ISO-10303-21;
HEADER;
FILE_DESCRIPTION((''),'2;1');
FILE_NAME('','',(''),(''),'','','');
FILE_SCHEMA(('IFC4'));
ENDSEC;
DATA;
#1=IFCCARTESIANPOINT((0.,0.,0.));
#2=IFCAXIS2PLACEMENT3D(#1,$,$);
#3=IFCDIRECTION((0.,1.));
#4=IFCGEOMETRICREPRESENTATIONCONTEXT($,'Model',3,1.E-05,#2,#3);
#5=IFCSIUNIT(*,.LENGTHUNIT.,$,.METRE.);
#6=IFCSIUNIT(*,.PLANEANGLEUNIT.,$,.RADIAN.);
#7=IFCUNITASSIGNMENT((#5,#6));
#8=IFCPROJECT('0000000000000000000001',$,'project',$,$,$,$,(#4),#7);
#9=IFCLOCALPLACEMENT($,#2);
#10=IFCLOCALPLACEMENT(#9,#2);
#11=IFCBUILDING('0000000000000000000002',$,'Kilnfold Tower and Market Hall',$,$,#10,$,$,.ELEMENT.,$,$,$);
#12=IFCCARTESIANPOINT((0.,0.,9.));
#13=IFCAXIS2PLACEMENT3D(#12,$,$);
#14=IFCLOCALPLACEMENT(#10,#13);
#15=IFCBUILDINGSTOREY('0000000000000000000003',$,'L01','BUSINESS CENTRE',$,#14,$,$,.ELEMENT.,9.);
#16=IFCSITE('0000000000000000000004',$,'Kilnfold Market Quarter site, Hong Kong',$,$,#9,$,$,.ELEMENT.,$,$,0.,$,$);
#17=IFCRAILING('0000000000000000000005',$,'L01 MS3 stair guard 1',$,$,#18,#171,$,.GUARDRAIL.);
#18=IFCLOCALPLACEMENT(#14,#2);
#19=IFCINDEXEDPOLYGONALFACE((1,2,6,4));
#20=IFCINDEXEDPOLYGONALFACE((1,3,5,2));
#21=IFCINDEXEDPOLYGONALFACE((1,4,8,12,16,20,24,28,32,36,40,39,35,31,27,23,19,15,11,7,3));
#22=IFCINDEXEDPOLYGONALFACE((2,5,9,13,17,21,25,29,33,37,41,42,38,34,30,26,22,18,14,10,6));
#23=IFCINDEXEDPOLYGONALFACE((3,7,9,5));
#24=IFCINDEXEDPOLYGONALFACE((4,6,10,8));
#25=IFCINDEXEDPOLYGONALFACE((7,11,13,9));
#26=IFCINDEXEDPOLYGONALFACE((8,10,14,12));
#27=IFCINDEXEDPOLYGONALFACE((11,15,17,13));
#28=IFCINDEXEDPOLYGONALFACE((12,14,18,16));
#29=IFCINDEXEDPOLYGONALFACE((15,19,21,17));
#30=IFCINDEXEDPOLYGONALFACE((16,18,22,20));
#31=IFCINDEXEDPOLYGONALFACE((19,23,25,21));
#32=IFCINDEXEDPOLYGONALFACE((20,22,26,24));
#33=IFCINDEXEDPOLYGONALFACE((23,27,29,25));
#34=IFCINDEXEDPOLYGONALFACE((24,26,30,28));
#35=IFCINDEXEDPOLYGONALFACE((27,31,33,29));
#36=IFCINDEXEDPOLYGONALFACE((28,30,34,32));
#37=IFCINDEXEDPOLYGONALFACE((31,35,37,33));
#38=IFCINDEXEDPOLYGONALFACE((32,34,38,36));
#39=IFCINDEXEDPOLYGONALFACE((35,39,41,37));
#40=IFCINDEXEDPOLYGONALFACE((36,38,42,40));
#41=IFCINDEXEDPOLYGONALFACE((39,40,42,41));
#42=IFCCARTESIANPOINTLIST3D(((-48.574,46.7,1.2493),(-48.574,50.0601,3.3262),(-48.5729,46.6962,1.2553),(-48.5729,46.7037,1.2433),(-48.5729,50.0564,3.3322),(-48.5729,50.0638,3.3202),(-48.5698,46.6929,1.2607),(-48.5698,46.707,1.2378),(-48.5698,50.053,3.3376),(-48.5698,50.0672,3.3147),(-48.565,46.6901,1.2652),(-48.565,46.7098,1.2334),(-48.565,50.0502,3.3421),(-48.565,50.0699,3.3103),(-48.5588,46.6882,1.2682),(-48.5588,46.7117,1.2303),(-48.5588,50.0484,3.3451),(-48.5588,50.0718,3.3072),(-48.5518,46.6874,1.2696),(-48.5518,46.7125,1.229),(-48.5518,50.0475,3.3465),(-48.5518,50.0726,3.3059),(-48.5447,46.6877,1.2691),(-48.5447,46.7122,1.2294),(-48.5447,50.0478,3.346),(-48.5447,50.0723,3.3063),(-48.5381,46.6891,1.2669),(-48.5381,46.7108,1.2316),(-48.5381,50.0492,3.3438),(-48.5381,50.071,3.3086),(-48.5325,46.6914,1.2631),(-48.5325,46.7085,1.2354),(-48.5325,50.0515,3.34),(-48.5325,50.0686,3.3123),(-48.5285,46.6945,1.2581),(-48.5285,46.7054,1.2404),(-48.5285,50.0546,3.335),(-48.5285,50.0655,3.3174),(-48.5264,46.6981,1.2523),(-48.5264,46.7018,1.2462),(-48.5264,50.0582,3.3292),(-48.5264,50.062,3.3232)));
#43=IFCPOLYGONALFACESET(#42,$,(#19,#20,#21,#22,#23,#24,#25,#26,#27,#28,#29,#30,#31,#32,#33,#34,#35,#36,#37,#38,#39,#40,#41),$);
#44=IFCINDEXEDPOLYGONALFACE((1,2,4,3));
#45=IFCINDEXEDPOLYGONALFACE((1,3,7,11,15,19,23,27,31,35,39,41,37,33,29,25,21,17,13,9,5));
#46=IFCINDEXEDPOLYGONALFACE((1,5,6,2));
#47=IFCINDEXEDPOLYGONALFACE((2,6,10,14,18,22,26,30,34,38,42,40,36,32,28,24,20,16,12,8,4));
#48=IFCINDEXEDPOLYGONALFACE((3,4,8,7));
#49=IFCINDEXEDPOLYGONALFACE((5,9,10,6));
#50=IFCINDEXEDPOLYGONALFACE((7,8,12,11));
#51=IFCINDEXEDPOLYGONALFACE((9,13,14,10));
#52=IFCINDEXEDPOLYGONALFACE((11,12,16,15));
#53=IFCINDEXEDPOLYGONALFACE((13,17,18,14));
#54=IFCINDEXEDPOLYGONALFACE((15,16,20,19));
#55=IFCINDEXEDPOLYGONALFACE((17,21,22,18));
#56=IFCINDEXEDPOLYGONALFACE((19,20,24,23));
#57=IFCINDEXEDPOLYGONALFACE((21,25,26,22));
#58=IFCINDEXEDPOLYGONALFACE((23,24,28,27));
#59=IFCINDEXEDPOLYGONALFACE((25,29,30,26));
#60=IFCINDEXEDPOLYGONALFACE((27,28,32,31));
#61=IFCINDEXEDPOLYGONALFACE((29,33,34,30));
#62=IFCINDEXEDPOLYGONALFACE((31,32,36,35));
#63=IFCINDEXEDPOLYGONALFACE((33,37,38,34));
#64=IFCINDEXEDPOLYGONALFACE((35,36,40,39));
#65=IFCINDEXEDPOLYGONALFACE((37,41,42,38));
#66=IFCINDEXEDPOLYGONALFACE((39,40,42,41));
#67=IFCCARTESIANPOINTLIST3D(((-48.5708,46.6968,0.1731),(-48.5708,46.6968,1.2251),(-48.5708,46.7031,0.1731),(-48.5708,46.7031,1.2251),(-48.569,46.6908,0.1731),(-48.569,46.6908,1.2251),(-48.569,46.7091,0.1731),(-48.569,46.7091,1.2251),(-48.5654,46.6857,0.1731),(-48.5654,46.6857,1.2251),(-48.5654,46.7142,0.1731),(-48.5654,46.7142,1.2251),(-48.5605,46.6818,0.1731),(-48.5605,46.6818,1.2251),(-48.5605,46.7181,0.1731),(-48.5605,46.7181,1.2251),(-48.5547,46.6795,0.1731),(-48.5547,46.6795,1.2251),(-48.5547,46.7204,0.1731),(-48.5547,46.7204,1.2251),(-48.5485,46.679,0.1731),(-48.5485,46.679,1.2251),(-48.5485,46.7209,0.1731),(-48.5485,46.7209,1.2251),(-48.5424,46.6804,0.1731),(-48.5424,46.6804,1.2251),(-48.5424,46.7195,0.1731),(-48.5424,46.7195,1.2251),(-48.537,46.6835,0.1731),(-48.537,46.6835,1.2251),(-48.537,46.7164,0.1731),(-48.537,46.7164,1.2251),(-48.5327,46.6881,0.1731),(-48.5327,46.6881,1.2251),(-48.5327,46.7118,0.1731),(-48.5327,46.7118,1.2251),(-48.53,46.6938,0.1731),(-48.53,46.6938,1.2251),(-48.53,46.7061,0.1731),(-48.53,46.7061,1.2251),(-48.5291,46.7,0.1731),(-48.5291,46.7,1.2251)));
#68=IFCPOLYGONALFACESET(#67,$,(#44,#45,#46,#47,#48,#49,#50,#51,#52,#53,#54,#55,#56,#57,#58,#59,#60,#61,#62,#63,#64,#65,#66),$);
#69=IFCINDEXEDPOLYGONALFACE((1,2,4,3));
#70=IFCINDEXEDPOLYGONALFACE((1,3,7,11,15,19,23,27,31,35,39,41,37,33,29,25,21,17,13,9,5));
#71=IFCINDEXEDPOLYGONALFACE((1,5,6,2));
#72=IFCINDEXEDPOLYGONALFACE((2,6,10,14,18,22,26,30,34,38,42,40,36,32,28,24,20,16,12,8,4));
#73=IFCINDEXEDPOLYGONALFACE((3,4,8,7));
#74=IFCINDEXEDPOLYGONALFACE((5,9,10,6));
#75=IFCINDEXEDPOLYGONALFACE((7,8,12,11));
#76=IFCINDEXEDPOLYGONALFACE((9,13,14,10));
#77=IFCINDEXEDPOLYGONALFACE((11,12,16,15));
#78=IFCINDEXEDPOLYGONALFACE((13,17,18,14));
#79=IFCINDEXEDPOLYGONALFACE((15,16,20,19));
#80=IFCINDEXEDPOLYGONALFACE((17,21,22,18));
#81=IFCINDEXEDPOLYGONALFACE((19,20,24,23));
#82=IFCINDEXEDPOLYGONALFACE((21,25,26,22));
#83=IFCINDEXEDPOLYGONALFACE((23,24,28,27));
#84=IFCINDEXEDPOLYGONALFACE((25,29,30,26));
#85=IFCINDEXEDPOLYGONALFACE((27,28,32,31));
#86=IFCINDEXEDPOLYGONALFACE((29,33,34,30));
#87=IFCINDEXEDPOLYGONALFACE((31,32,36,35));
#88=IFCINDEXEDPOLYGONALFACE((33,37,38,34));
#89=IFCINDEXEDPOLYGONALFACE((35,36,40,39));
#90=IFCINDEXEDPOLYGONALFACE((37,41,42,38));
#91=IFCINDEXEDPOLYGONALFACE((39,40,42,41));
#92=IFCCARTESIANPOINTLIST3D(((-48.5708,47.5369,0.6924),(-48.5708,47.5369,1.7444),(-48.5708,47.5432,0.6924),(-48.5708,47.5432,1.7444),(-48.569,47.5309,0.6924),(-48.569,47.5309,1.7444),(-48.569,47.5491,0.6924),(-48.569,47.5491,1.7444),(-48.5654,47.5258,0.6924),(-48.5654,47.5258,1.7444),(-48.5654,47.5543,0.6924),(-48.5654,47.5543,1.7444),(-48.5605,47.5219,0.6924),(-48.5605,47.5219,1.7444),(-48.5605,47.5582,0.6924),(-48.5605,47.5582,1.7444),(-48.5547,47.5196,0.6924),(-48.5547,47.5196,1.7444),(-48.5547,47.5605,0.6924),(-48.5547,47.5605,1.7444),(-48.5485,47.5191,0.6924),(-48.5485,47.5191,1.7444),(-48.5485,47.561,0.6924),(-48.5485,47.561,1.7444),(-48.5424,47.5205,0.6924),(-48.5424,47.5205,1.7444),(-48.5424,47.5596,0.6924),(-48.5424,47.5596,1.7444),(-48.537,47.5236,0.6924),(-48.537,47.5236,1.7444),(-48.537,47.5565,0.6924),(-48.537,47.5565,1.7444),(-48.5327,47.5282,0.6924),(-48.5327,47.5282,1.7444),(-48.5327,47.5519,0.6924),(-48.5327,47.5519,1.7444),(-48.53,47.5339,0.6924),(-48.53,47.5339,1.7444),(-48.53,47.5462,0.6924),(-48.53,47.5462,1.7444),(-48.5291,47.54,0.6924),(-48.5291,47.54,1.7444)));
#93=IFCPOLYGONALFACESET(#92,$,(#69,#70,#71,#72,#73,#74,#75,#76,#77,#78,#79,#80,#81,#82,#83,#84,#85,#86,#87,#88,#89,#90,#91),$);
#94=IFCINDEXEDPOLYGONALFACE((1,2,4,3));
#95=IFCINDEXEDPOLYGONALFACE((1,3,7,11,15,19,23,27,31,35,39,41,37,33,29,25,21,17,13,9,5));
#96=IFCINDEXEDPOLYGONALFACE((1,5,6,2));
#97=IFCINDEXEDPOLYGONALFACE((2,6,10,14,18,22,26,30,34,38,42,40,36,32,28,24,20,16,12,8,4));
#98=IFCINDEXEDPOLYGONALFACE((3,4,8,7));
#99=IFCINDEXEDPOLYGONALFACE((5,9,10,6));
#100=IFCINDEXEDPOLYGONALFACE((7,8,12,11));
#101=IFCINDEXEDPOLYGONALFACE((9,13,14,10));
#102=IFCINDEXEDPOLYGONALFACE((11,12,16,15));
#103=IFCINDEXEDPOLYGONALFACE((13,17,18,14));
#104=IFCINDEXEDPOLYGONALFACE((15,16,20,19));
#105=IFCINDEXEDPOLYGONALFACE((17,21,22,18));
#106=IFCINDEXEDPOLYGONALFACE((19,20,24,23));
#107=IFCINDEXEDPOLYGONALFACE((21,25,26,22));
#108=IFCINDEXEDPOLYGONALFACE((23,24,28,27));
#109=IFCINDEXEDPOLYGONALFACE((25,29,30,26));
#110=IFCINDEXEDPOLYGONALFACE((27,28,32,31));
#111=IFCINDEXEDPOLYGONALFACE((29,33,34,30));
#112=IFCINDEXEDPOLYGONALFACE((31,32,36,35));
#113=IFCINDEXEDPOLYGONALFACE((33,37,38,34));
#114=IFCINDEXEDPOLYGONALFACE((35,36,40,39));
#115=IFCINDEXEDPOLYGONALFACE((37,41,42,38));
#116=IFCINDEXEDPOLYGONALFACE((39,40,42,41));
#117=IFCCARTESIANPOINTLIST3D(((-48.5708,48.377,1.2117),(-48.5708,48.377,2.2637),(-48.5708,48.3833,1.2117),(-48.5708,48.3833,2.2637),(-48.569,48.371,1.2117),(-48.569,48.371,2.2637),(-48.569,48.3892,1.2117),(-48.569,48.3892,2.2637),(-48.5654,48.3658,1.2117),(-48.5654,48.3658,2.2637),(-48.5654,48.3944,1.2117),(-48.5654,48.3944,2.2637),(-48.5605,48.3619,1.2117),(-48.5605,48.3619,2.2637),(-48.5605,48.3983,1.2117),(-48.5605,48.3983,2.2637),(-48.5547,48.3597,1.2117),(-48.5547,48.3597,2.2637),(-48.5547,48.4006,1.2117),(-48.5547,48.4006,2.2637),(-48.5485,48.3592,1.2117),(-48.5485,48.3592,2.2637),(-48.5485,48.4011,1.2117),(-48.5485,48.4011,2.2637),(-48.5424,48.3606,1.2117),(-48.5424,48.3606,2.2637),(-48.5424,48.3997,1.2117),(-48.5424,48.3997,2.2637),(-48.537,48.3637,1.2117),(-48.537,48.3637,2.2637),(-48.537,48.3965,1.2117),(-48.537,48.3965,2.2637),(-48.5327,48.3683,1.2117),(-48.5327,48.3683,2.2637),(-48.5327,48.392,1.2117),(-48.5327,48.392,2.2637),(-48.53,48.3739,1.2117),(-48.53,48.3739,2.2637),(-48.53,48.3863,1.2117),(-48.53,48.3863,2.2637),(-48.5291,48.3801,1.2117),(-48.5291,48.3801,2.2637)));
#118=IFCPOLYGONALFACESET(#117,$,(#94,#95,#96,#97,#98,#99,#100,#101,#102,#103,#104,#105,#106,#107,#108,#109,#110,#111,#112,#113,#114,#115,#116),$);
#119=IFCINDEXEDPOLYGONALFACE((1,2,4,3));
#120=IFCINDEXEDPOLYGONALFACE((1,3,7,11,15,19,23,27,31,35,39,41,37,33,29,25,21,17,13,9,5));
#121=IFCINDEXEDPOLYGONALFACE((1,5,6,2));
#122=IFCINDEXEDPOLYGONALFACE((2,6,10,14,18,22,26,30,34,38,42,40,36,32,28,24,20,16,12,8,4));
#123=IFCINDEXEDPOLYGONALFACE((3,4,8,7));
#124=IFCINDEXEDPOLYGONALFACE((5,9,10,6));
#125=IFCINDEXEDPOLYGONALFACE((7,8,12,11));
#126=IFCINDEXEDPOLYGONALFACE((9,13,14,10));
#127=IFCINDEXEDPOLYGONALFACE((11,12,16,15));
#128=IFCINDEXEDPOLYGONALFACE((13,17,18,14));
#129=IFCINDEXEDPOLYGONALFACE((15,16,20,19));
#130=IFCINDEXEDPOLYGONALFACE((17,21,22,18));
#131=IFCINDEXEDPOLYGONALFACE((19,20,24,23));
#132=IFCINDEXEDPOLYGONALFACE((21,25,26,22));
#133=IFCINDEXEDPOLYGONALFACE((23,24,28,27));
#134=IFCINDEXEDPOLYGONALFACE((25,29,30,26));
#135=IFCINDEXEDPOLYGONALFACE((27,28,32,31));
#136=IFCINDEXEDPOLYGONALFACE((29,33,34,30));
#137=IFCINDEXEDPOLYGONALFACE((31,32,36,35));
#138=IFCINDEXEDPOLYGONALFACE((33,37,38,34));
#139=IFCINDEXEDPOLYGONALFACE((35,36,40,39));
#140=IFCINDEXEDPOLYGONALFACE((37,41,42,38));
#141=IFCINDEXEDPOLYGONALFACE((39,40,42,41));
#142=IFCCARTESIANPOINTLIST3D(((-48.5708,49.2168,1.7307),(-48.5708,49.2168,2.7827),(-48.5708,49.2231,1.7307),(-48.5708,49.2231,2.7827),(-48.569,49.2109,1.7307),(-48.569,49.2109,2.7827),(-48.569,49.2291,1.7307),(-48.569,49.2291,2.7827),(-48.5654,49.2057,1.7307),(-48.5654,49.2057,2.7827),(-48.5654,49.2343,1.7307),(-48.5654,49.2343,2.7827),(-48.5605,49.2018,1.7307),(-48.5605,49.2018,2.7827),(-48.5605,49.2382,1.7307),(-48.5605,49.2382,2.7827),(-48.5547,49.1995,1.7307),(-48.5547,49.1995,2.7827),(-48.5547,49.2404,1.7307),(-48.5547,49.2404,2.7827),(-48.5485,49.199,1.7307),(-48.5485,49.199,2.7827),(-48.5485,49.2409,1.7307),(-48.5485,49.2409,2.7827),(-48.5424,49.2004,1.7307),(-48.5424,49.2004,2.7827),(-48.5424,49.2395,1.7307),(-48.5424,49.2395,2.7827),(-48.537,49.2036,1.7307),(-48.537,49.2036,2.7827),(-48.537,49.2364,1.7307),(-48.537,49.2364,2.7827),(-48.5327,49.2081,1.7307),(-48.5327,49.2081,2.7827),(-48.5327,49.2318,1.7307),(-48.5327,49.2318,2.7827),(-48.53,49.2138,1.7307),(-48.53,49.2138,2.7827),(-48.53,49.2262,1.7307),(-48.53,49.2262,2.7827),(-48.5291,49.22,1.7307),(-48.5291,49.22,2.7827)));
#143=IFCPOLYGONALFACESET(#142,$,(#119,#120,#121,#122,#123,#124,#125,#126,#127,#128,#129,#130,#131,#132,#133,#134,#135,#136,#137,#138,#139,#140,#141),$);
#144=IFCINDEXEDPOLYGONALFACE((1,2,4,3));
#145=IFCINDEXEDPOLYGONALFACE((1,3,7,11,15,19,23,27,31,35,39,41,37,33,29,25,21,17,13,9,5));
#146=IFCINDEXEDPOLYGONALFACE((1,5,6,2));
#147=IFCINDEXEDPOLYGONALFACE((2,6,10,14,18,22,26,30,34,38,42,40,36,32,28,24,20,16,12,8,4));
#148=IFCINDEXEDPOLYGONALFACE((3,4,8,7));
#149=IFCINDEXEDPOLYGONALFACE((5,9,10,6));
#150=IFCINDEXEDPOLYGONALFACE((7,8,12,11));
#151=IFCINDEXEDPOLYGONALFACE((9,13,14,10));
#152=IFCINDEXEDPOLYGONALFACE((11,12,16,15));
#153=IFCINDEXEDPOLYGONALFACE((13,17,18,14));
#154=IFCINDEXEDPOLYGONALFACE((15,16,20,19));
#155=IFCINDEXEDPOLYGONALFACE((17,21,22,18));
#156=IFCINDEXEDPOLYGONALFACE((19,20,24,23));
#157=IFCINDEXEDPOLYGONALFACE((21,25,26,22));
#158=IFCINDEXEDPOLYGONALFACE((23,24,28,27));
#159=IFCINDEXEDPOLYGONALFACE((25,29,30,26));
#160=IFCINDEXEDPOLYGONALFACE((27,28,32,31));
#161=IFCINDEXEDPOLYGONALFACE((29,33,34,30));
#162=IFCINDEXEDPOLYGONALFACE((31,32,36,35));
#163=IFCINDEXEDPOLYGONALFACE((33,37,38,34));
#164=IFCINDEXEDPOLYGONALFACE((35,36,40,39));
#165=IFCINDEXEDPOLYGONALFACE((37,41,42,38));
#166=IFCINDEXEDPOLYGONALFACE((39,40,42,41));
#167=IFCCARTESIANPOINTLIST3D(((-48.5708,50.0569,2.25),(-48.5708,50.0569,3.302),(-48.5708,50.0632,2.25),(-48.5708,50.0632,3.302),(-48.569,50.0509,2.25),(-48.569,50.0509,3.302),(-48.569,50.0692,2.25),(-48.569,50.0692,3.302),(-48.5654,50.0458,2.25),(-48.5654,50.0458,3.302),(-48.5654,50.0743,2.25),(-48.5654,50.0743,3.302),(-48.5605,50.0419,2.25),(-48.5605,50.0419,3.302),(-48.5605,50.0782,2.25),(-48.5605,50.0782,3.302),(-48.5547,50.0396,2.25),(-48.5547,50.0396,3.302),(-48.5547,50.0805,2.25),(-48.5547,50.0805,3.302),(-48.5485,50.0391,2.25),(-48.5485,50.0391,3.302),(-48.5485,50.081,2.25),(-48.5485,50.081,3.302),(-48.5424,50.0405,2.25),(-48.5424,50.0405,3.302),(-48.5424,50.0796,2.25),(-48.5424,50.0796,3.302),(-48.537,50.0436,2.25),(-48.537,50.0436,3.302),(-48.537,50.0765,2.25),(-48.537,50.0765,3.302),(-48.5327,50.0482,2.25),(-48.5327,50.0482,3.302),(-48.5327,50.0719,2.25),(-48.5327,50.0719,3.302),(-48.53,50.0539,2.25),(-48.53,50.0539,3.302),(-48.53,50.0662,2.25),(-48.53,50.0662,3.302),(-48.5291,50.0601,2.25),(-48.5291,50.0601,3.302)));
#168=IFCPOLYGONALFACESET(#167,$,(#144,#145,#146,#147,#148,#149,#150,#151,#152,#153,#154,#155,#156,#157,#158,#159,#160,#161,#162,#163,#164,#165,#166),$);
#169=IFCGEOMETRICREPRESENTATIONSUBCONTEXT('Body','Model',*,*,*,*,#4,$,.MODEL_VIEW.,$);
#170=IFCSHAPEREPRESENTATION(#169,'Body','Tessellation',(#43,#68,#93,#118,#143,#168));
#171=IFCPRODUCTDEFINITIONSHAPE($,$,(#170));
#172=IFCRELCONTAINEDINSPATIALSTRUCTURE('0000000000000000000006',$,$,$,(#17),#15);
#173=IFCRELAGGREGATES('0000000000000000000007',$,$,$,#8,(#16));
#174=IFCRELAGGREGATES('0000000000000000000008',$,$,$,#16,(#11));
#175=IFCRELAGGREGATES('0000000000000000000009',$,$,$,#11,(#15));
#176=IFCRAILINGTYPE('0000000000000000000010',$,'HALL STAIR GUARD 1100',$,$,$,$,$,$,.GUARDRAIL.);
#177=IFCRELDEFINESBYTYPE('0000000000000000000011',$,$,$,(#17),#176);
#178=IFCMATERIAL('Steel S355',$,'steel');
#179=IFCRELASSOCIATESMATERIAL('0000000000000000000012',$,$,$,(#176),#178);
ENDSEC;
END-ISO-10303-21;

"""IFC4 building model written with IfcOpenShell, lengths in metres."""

from ifc_helpers import new_model, si_unit, direction, frame, origin, origin_2d, place, context, subcontext, project, spatial, circle, extrude, material, type_object, element, save


model = new_model("IFC4")

# Units and contexts
model_context = context("Model", 3, precision=1e-05, world=origin(), true_north=direction((0.0, 1.0)))
body_context = subcontext(model_context, "Body", "Model", "MODEL_VIEW")
ifc_project = project(units=[si_unit("LENGTHUNIT", "METRE"), si_unit("PLANEANGLEUNIT", "RADIAN")], contexts=[model_context])

# Site, building, storey
site_placement = place(None, origin())
site = spatial("IfcSite", under=ifc_project, at=site_placement, Name="Kilnfold Market Quarter site, Hong Kong", CompositionType="ELEMENT", RefElevation=0.0)
building_placement = place(site_placement, origin())
building = spatial("IfcBuilding", under=site, at=building_placement, Name="Kilnfold Tower and Market Hall", CompositionType="ELEMENT")
storey_placement = place(building_placement, frame((0.0, 0.0, 9.0)))
storey = spatial("IfcBuildingStorey", under=building, at=storey_placement, Name="L01", Description="BUSINESS CENTRE", CompositionType="ELEMENT", Elevation=9.0)

# Railing
ifc_material_1 = material(Name="Steel S355", Category="steel")
railing_type_1 = type_object("IfcRailingType", Name="HALL STAIR GUARD 1100", PredefinedType="GUARDRAIL", material=ifc_material_1)
railing_1_placement = place(storey_placement, frame((-48.55, 46.7, 0.1731)))
element("IfcRailing", 1, at=railing_1_placement, inside=storey, type_object=railing_type_1, Name="L01 MS3 stair guard 1", PredefinedType="GUARDRAIL", context=body_context, shape_type="SweptSolid", body=[
    extrude(circle(Radius=0.0239, at=origin_2d()), frame((0.0, 0.0, 1.0762), z_axis=(0.0, 0.850623, 0.525776), x_axis=(-1.0, 0.0, 0.0)), (0.0, 0.0, 1.0), 3.9502),
    extrude(circle(Radius=0.021, at=origin_2d()), origin(), (0.0, 0.0, 1.0), 1.052),
    extrude(circle(Radius=0.021, at=origin_2d()), frame((0.0, 0.8401, 0.5193)), (0.0, 0.0, 1.0), 1.052),
    extrude(circle(Radius=0.021, at=origin_2d()), frame((0.0, 1.6802, 1.0386)), (0.0, 0.0, 1.0), 1.052),
    extrude(circle(Radius=0.021, at=origin_2d()), frame((0.0, 2.52, 1.5576)), (0.0, 0.0, 1.0), 1.052),
    extrude(circle(Radius=0.021, at=origin_2d()), frame((0.0, 3.3601, 2.0769)), (0.0, 0.0, 1.0), 1.052),
])

save(model, "model.ifc")
